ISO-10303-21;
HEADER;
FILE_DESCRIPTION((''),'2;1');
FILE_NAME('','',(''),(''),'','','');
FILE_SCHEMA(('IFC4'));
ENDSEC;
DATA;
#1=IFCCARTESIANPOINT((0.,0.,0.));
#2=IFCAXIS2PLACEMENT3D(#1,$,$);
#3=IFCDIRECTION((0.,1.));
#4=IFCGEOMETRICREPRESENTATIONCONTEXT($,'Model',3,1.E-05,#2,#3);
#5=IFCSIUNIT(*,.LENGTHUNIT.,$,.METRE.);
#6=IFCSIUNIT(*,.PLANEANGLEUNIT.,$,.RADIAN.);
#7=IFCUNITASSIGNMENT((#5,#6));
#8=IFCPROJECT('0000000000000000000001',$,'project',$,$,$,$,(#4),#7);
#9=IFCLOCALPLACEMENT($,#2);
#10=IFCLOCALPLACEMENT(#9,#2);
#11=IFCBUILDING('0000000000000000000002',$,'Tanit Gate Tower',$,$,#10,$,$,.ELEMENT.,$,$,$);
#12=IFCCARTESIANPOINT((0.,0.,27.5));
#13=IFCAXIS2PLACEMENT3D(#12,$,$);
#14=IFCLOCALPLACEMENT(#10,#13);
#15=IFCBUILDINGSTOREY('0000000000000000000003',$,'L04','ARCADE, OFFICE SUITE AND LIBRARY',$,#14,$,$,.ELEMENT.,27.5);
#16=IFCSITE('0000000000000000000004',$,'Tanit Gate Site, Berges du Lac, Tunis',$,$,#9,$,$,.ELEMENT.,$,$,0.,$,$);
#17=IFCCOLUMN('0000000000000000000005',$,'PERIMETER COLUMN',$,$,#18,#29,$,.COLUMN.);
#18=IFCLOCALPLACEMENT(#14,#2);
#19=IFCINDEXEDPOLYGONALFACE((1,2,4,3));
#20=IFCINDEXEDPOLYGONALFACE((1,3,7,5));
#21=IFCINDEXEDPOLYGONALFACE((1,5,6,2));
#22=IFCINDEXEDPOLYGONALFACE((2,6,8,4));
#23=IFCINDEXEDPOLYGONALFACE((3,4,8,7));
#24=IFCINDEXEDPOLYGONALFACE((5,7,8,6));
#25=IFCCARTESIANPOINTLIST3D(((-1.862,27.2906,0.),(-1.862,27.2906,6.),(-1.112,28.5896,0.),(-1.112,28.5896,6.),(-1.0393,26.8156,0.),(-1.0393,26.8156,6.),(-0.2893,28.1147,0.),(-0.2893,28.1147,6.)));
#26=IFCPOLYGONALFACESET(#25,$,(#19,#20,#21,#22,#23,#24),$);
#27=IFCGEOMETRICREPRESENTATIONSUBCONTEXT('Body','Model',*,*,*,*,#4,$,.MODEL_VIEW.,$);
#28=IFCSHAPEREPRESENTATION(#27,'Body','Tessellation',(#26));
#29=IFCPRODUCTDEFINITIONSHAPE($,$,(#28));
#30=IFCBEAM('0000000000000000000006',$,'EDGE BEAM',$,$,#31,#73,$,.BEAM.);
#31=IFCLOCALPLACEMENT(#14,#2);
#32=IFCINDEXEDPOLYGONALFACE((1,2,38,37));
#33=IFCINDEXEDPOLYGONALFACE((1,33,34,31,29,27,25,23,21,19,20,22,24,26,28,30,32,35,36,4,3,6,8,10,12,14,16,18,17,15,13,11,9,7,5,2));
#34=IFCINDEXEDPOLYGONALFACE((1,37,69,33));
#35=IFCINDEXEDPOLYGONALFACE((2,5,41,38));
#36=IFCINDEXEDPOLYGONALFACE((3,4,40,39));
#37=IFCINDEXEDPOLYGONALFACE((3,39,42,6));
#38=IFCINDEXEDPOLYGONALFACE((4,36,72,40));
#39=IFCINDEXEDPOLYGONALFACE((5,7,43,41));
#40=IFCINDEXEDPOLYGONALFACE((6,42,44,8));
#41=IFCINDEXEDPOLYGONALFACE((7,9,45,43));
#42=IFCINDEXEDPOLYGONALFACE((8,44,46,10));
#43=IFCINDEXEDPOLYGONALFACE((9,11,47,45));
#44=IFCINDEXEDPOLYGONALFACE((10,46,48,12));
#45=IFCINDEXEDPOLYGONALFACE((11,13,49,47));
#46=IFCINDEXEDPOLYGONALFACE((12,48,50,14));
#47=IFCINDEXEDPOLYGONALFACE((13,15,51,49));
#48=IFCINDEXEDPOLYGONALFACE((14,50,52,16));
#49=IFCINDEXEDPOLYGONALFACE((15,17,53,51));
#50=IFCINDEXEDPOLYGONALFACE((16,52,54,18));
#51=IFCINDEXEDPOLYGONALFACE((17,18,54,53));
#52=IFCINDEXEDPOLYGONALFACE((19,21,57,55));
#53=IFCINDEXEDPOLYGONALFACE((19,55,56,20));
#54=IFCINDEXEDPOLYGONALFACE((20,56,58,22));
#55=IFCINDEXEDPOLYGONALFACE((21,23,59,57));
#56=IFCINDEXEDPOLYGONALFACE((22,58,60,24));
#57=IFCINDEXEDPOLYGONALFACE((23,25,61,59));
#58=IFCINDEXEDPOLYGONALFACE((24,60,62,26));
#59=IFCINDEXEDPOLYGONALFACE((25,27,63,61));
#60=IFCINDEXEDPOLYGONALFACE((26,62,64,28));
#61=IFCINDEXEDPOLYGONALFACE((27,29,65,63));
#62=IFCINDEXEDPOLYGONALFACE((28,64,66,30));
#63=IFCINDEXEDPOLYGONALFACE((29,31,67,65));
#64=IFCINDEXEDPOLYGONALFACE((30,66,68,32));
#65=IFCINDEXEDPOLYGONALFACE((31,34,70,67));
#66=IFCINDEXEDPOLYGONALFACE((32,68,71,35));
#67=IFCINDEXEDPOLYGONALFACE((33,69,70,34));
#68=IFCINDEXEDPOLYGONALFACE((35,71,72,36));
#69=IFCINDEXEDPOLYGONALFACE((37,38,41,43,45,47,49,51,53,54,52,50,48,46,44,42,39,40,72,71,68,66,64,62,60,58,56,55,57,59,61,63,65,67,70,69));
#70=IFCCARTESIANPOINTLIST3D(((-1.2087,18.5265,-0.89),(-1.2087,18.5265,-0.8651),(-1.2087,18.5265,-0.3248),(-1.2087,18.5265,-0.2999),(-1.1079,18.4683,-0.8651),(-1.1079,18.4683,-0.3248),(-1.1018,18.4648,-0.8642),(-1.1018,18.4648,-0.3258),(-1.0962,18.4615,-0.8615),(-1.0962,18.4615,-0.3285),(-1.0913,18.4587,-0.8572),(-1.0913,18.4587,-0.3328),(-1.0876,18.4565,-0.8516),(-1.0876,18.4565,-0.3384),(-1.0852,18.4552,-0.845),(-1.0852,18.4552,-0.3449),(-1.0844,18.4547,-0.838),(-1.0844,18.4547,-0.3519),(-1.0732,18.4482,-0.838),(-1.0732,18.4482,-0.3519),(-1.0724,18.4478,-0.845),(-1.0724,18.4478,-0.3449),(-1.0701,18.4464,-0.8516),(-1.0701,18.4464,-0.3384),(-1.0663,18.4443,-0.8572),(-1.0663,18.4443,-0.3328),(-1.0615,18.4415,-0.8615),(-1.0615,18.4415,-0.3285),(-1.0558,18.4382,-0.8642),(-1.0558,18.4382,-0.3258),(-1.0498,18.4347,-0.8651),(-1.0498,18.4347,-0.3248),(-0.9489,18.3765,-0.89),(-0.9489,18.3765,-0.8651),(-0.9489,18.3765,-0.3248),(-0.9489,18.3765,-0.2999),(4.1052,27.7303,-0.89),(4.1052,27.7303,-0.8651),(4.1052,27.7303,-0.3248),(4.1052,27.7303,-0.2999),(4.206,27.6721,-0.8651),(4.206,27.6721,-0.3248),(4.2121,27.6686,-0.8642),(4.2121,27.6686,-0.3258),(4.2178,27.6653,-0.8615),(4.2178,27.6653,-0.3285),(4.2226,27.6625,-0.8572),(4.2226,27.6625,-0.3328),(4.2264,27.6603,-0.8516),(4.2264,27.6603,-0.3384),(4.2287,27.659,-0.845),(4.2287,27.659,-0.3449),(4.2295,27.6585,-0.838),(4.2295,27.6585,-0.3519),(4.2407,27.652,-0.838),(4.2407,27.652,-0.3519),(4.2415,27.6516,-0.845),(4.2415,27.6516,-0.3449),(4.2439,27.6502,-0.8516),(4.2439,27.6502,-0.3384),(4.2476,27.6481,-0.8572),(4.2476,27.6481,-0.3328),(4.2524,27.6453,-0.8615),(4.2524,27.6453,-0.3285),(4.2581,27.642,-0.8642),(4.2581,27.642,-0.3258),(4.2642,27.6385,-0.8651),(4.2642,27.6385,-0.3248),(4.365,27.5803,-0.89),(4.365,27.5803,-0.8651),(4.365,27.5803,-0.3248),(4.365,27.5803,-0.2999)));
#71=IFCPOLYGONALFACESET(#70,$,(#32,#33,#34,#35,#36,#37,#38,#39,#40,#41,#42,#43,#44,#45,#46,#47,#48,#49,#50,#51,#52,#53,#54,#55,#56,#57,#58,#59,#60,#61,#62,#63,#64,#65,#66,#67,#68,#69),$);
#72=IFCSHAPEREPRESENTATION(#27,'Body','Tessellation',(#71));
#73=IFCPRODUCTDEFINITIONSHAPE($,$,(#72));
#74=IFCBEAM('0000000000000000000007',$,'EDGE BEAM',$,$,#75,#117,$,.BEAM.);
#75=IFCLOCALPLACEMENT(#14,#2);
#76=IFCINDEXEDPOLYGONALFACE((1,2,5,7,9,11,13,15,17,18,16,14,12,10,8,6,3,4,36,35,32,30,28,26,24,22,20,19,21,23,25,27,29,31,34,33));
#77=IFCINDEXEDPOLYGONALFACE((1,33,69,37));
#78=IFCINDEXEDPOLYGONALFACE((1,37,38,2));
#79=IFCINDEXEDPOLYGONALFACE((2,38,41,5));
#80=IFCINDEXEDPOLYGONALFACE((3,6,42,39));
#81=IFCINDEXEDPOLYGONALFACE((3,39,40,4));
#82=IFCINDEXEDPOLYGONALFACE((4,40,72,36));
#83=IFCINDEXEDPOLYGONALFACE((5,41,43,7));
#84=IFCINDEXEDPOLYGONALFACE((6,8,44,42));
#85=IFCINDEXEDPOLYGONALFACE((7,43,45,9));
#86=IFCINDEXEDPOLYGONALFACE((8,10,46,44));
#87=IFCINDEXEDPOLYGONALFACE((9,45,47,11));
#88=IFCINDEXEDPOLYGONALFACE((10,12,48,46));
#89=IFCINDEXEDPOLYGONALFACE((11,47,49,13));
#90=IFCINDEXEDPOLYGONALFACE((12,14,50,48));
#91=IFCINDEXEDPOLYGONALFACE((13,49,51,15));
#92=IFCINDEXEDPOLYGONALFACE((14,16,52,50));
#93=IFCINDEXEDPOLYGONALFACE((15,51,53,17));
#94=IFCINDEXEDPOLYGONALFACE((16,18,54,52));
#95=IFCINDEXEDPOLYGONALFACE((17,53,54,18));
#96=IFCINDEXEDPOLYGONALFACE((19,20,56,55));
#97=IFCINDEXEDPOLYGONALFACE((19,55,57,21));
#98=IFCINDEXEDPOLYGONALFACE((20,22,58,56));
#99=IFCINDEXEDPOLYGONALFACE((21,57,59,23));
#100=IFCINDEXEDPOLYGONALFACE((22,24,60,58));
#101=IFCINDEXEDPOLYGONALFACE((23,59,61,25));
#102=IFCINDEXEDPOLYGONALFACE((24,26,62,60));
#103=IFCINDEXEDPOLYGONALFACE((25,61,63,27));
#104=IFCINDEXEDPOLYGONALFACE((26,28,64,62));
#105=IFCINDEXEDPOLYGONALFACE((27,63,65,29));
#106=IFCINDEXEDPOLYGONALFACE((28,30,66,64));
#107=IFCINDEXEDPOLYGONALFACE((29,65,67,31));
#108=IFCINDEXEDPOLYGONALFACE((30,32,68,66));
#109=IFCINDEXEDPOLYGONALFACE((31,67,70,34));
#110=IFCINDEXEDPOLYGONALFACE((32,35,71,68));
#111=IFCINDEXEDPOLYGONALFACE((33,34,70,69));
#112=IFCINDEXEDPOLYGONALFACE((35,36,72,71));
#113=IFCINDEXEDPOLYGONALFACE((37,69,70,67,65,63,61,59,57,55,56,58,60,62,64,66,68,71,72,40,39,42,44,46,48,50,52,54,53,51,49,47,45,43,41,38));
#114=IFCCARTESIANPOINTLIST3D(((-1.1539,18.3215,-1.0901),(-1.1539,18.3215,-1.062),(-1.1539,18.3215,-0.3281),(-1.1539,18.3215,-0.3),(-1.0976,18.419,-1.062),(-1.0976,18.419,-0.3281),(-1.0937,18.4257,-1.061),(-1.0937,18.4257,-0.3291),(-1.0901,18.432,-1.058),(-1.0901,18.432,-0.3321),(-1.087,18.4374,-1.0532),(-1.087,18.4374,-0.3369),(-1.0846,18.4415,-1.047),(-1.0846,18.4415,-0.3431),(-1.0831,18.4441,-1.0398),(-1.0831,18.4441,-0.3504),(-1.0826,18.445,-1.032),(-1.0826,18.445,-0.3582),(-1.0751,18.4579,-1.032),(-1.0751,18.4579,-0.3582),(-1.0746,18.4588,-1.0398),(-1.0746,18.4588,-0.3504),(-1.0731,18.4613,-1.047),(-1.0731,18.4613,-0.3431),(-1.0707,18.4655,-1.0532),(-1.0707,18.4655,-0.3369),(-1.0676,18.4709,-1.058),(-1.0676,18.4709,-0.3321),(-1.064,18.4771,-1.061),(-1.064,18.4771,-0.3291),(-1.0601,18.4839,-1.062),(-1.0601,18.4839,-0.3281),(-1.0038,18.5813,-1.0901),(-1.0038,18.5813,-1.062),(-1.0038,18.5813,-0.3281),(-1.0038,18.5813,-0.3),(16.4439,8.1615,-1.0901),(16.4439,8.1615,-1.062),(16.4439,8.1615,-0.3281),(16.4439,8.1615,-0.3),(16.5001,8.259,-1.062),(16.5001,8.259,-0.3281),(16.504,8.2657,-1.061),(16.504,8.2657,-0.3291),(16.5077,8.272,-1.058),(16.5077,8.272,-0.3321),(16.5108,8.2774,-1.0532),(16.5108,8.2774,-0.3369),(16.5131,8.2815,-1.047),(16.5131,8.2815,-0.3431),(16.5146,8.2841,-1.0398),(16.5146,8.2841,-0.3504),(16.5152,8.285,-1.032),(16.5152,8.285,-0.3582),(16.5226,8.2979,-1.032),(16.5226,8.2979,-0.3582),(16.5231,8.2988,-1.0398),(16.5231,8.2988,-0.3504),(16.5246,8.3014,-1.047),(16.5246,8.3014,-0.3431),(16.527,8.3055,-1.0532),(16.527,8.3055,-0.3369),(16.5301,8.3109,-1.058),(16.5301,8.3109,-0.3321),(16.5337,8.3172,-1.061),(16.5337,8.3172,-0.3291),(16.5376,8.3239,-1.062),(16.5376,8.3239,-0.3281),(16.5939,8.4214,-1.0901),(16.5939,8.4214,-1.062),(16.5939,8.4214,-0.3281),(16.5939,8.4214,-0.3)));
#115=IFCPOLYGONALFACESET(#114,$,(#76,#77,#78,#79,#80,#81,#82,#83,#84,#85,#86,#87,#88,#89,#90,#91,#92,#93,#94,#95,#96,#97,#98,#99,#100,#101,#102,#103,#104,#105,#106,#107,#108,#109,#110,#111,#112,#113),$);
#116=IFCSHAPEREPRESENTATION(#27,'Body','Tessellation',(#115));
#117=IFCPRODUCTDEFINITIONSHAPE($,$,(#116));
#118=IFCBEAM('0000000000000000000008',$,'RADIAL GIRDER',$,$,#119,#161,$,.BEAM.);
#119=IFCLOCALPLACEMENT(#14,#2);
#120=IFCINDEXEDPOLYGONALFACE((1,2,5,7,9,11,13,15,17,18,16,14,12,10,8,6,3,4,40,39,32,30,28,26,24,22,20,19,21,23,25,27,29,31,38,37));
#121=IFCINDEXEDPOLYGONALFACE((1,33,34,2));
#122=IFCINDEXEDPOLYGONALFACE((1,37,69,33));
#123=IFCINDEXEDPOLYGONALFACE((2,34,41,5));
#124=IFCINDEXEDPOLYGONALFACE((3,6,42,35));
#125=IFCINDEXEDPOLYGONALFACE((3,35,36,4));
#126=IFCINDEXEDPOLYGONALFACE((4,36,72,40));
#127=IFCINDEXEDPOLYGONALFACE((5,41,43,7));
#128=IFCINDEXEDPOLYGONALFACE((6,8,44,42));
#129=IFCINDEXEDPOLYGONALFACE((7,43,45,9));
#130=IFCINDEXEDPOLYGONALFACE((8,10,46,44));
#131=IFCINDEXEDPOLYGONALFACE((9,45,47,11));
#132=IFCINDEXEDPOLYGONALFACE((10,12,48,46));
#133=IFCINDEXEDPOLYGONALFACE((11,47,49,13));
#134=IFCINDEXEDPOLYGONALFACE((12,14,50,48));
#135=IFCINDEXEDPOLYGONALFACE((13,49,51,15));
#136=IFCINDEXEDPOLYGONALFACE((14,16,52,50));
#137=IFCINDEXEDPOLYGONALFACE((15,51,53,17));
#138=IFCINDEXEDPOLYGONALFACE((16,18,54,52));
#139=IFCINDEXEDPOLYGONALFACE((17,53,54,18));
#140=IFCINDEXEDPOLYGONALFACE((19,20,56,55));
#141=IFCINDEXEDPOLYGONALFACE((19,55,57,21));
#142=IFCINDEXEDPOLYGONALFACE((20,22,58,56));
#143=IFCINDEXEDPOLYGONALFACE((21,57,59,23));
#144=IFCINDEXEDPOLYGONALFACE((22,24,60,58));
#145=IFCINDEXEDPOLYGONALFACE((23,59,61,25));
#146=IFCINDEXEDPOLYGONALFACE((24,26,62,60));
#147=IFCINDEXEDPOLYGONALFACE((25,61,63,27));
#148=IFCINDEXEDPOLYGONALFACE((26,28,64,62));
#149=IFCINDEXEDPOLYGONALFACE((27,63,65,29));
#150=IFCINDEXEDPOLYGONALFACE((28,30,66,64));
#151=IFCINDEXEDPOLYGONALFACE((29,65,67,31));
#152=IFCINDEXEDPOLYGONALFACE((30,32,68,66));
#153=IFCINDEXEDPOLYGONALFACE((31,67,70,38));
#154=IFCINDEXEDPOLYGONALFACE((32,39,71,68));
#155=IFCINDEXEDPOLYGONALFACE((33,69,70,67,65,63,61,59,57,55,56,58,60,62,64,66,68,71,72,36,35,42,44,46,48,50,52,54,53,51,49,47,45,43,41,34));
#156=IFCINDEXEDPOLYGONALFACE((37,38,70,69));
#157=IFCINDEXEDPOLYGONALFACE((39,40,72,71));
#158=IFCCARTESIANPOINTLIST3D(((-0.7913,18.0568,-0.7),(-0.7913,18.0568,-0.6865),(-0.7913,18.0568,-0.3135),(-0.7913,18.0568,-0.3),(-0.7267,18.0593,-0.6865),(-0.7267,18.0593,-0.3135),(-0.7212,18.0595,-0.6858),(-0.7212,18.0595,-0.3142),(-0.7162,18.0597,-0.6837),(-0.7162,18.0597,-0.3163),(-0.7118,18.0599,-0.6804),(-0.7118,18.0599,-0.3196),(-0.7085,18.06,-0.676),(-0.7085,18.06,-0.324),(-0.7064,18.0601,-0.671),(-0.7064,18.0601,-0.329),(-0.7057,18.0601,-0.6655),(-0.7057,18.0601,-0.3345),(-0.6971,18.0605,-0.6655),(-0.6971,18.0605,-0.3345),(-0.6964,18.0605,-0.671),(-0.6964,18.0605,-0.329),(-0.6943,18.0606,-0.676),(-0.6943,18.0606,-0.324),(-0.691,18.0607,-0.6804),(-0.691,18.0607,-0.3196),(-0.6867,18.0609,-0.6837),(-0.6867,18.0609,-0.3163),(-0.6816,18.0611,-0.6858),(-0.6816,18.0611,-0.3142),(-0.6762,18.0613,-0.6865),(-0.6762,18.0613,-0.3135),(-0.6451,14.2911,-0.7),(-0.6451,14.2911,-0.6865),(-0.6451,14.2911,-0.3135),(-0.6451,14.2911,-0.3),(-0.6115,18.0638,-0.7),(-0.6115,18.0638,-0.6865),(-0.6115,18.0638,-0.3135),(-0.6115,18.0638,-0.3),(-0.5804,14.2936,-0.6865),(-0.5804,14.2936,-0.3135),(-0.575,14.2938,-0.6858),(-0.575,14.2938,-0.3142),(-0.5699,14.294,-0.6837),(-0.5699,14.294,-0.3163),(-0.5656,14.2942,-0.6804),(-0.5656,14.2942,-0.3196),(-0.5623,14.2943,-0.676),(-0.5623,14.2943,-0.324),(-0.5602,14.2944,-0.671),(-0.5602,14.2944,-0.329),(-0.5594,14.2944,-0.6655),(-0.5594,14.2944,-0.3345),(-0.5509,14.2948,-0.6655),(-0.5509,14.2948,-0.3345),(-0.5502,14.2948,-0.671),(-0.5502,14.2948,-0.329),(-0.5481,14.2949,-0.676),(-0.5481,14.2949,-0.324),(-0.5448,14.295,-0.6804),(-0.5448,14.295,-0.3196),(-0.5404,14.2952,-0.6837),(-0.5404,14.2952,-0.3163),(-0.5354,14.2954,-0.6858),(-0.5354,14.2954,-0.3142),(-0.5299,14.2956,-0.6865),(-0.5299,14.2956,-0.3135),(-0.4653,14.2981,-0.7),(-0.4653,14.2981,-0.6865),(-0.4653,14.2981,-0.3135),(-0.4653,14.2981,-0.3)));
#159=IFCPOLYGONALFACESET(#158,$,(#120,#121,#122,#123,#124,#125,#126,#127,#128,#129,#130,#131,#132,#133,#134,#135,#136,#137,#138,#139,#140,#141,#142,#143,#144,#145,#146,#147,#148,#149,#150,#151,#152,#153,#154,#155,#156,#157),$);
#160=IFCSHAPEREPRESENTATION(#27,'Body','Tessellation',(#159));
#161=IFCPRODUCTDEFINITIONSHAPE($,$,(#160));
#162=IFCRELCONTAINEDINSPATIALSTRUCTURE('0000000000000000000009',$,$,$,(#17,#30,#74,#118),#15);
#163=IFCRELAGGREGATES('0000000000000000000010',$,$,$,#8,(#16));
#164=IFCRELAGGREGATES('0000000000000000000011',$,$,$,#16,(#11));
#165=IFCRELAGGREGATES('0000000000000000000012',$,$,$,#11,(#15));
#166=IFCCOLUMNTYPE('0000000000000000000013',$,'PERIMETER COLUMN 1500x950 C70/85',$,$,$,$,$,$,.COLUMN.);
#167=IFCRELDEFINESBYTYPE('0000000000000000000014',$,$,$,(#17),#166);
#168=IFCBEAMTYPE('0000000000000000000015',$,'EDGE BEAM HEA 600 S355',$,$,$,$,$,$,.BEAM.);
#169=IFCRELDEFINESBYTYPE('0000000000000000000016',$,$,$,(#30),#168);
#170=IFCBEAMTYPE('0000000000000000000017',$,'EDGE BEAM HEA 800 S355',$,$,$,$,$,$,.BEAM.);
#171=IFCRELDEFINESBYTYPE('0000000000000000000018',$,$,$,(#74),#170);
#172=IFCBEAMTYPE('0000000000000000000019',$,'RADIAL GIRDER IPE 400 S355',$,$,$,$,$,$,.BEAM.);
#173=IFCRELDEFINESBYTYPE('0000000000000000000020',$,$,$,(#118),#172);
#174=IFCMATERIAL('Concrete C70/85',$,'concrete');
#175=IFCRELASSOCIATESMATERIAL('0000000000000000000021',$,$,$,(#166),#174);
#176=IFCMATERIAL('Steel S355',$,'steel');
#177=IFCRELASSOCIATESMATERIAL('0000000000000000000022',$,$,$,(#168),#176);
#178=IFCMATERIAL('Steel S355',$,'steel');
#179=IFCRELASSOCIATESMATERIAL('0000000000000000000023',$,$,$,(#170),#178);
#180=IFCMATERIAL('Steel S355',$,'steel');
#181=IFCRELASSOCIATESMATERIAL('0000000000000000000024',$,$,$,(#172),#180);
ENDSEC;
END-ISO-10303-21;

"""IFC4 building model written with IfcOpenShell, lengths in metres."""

from ifc_helpers import new_model, si_unit, direction, frame, origin, origin_2d, place, context, subcontext, project, spatial, rectangle, i_section, extrude, material, material_profile, profile_set, type_object, element, save


model = new_model("IFC4")

# Units and contexts
model_context = context("Model", 3, precision=1e-05, world=origin(), true_north=direction((0.0, 1.0)))
body_context = subcontext(model_context, "Body", "Model", "MODEL_VIEW")
ifc_project = project(units=[si_unit("LENGTHUNIT", "METRE"), si_unit("PLANEANGLEUNIT", "RADIAN")], contexts=[model_context])

# Site, building, storey
site_placement = place(None, origin())
site = spatial("IfcSite", under=ifc_project, at=site_placement, Name="Tanit Gate Site, Berges du Lac, Tunis", CompositionType="ELEMENT", RefElevation=0.0)
building_placement = place(site_placement, origin())
building = spatial("IfcBuilding", under=site, at=building_placement, Name="Tanit Gate Tower", CompositionType="ELEMENT")
storey_placement = place(building_placement, frame((0.0, 0.0, 27.5)))
storey = spatial("IfcBuildingStorey", under=building, at=storey_placement, Name="L04", Description="ARCADE, OFFICE SUITE AND LIBRARY", CompositionType="ELEMENT", Elevation=27.5)

# Column
ifc_material_1 = material(Name="Concrete C70/85", Category="concrete")
ifc_material_profile_1 = material_profile(ifc_material_1, rectangle(XDim=1.5, YDim=0.95, at=origin_2d()), Name="RC 1500x950")
ifc_profile_set_1 = profile_set([ifc_material_profile_1], Name="Concrete C70/85")
column_type = type_object("IfcColumnType", Name="PERIMETER COLUMN 1500x950 C70/85", PredefinedType="COLUMN", material=ifc_profile_set_1)
column_placement = place(storey_placement, frame((-1.0757, 27.7026, 0.0), z_axis=(0.0, 0.0, 1.0), x_axis=(0.5, 0.866025, 0.0)))
element("IfcColumn", 1, at=column_placement, inside=storey, type_object=column_type, Name="PERIMETER COLUMN", PredefinedType="COLUMN", context=body_context, shape_type="SweptSolid", body=[
    extrude(rectangle(XDim=1.5, YDim=0.95, at=origin_2d()), origin(), (0.0, 0.0, 1.0), 6.0),
])

# Beams
ifc_material_2 = material(Name="Steel S355", Category="steel")
ifc_material_profile_2 = material_profile(ifc_material_2, i_section(OverallWidth=0.3, OverallDepth=0.5901, WebThickness=0.0129, FlangeThickness=0.0249, FilletRadius=0.0271, at=origin_2d()), Name="HEA 600")
ifc_profile_set_2 = profile_set([ifc_material_profile_2], Name="Steel S355")
beam_type_1 = type_object("IfcBeamType", Name="EDGE BEAM HEA 600 S355", PredefinedType="BEAM", material=ifc_profile_set_2)
beam_1_placement = place(storey_placement, frame((4.2351, 27.6553, -0.595), z_axis=(-0.500008, -0.866021, 0.0), x_axis=(0.866021, -0.500008, 0.0)))
element("IfcBeam", 2, at=beam_1_placement, inside=storey, type_object=beam_type_1, Name="EDGE BEAM", PredefinedType="BEAM", context=body_context, shape_type="SweptSolid", body=[
    extrude(i_section(OverallWidth=0.3, OverallDepth=0.5901, WebThickness=0.0129, FlangeThickness=0.0249, FilletRadius=0.0271, at=origin_2d()), origin(), (0.0, 0.0, 1.0), 10.6277),
])
ifc_material_3 = material(Name="Steel S355", Category="steel")
ifc_material_profile_3 = material_profile(ifc_material_3, i_section(OverallWidth=0.3, OverallDepth=0.79, WebThickness=0.0149, FlangeThickness=0.0281, FilletRadius=0.03, at=origin_2d()), Name="HEA 800")
ifc_profile_set_3 = profile_set([ifc_material_profile_3], Name="Steel S355")
beam_type_2 = type_object("IfcBeamType", Name="EDGE BEAM HEA 800 S355", PredefinedType="BEAM", material=ifc_profile_set_3)
beam_2_placement = place(storey_placement, frame((-1.0789, 18.4514, -0.6951), z_axis=(0.866028, -0.499996, 0.0), x_axis=(0.499996, 0.866028, 0.0)))
element("IfcBeam", 3, at=beam_2_placement, inside=storey, type_object=beam_type_2, Name="EDGE BEAM", PredefinedType="BEAM", context=body_context, shape_type="SweptSolid", body=[
    extrude(i_section(OverallWidth=0.3, OverallDepth=0.79, WebThickness=0.0149, FlangeThickness=0.0281, FilletRadius=0.03, at=origin_2d()), origin(), (0.0, 0.0, 1.0), 20.3201),
])
ifc_material_4 = material(Name="Steel S355", Category="steel")
ifc_material_profile_4 = material_profile(ifc_material_4, i_section(OverallWidth=0.1799, OverallDepth=0.3999, WebThickness=0.0085, FlangeThickness=0.0134, FilletRadius=0.021, at=origin_2d()), Name="IPE 400")
ifc_profile_set_4 = profile_set([ifc_material_profile_4], Name="Steel S355")
beam_type_3 = type_object("IfcBeamType", Name="RADIAL GIRDER IPE 400 S355", PredefinedType="BEAM", material=ifc_profile_set_4)
beam_3_placement = place(storey_placement, frame((-0.7014, 18.0603, -0.5), z_axis=(0.038806, -0.999247, 0.0), x_axis=(0.999247, 0.038806, 0.0)))
element("IfcBeam", 4, at=beam_3_placement, inside=storey, type_object=beam_type_3, Name="RADIAL GIRDER", PredefinedType="BEAM", context=body_context, shape_type="SweptSolid", body=[
    extrude(i_section(OverallWidth=0.1799, OverallDepth=0.3999, WebThickness=0.0085, FlangeThickness=0.0134, FilletRadius=0.021, at=origin_2d()), origin(), (0.0, 0.0, 1.0), 3.7686),
])

save(model, "model.ifc")
